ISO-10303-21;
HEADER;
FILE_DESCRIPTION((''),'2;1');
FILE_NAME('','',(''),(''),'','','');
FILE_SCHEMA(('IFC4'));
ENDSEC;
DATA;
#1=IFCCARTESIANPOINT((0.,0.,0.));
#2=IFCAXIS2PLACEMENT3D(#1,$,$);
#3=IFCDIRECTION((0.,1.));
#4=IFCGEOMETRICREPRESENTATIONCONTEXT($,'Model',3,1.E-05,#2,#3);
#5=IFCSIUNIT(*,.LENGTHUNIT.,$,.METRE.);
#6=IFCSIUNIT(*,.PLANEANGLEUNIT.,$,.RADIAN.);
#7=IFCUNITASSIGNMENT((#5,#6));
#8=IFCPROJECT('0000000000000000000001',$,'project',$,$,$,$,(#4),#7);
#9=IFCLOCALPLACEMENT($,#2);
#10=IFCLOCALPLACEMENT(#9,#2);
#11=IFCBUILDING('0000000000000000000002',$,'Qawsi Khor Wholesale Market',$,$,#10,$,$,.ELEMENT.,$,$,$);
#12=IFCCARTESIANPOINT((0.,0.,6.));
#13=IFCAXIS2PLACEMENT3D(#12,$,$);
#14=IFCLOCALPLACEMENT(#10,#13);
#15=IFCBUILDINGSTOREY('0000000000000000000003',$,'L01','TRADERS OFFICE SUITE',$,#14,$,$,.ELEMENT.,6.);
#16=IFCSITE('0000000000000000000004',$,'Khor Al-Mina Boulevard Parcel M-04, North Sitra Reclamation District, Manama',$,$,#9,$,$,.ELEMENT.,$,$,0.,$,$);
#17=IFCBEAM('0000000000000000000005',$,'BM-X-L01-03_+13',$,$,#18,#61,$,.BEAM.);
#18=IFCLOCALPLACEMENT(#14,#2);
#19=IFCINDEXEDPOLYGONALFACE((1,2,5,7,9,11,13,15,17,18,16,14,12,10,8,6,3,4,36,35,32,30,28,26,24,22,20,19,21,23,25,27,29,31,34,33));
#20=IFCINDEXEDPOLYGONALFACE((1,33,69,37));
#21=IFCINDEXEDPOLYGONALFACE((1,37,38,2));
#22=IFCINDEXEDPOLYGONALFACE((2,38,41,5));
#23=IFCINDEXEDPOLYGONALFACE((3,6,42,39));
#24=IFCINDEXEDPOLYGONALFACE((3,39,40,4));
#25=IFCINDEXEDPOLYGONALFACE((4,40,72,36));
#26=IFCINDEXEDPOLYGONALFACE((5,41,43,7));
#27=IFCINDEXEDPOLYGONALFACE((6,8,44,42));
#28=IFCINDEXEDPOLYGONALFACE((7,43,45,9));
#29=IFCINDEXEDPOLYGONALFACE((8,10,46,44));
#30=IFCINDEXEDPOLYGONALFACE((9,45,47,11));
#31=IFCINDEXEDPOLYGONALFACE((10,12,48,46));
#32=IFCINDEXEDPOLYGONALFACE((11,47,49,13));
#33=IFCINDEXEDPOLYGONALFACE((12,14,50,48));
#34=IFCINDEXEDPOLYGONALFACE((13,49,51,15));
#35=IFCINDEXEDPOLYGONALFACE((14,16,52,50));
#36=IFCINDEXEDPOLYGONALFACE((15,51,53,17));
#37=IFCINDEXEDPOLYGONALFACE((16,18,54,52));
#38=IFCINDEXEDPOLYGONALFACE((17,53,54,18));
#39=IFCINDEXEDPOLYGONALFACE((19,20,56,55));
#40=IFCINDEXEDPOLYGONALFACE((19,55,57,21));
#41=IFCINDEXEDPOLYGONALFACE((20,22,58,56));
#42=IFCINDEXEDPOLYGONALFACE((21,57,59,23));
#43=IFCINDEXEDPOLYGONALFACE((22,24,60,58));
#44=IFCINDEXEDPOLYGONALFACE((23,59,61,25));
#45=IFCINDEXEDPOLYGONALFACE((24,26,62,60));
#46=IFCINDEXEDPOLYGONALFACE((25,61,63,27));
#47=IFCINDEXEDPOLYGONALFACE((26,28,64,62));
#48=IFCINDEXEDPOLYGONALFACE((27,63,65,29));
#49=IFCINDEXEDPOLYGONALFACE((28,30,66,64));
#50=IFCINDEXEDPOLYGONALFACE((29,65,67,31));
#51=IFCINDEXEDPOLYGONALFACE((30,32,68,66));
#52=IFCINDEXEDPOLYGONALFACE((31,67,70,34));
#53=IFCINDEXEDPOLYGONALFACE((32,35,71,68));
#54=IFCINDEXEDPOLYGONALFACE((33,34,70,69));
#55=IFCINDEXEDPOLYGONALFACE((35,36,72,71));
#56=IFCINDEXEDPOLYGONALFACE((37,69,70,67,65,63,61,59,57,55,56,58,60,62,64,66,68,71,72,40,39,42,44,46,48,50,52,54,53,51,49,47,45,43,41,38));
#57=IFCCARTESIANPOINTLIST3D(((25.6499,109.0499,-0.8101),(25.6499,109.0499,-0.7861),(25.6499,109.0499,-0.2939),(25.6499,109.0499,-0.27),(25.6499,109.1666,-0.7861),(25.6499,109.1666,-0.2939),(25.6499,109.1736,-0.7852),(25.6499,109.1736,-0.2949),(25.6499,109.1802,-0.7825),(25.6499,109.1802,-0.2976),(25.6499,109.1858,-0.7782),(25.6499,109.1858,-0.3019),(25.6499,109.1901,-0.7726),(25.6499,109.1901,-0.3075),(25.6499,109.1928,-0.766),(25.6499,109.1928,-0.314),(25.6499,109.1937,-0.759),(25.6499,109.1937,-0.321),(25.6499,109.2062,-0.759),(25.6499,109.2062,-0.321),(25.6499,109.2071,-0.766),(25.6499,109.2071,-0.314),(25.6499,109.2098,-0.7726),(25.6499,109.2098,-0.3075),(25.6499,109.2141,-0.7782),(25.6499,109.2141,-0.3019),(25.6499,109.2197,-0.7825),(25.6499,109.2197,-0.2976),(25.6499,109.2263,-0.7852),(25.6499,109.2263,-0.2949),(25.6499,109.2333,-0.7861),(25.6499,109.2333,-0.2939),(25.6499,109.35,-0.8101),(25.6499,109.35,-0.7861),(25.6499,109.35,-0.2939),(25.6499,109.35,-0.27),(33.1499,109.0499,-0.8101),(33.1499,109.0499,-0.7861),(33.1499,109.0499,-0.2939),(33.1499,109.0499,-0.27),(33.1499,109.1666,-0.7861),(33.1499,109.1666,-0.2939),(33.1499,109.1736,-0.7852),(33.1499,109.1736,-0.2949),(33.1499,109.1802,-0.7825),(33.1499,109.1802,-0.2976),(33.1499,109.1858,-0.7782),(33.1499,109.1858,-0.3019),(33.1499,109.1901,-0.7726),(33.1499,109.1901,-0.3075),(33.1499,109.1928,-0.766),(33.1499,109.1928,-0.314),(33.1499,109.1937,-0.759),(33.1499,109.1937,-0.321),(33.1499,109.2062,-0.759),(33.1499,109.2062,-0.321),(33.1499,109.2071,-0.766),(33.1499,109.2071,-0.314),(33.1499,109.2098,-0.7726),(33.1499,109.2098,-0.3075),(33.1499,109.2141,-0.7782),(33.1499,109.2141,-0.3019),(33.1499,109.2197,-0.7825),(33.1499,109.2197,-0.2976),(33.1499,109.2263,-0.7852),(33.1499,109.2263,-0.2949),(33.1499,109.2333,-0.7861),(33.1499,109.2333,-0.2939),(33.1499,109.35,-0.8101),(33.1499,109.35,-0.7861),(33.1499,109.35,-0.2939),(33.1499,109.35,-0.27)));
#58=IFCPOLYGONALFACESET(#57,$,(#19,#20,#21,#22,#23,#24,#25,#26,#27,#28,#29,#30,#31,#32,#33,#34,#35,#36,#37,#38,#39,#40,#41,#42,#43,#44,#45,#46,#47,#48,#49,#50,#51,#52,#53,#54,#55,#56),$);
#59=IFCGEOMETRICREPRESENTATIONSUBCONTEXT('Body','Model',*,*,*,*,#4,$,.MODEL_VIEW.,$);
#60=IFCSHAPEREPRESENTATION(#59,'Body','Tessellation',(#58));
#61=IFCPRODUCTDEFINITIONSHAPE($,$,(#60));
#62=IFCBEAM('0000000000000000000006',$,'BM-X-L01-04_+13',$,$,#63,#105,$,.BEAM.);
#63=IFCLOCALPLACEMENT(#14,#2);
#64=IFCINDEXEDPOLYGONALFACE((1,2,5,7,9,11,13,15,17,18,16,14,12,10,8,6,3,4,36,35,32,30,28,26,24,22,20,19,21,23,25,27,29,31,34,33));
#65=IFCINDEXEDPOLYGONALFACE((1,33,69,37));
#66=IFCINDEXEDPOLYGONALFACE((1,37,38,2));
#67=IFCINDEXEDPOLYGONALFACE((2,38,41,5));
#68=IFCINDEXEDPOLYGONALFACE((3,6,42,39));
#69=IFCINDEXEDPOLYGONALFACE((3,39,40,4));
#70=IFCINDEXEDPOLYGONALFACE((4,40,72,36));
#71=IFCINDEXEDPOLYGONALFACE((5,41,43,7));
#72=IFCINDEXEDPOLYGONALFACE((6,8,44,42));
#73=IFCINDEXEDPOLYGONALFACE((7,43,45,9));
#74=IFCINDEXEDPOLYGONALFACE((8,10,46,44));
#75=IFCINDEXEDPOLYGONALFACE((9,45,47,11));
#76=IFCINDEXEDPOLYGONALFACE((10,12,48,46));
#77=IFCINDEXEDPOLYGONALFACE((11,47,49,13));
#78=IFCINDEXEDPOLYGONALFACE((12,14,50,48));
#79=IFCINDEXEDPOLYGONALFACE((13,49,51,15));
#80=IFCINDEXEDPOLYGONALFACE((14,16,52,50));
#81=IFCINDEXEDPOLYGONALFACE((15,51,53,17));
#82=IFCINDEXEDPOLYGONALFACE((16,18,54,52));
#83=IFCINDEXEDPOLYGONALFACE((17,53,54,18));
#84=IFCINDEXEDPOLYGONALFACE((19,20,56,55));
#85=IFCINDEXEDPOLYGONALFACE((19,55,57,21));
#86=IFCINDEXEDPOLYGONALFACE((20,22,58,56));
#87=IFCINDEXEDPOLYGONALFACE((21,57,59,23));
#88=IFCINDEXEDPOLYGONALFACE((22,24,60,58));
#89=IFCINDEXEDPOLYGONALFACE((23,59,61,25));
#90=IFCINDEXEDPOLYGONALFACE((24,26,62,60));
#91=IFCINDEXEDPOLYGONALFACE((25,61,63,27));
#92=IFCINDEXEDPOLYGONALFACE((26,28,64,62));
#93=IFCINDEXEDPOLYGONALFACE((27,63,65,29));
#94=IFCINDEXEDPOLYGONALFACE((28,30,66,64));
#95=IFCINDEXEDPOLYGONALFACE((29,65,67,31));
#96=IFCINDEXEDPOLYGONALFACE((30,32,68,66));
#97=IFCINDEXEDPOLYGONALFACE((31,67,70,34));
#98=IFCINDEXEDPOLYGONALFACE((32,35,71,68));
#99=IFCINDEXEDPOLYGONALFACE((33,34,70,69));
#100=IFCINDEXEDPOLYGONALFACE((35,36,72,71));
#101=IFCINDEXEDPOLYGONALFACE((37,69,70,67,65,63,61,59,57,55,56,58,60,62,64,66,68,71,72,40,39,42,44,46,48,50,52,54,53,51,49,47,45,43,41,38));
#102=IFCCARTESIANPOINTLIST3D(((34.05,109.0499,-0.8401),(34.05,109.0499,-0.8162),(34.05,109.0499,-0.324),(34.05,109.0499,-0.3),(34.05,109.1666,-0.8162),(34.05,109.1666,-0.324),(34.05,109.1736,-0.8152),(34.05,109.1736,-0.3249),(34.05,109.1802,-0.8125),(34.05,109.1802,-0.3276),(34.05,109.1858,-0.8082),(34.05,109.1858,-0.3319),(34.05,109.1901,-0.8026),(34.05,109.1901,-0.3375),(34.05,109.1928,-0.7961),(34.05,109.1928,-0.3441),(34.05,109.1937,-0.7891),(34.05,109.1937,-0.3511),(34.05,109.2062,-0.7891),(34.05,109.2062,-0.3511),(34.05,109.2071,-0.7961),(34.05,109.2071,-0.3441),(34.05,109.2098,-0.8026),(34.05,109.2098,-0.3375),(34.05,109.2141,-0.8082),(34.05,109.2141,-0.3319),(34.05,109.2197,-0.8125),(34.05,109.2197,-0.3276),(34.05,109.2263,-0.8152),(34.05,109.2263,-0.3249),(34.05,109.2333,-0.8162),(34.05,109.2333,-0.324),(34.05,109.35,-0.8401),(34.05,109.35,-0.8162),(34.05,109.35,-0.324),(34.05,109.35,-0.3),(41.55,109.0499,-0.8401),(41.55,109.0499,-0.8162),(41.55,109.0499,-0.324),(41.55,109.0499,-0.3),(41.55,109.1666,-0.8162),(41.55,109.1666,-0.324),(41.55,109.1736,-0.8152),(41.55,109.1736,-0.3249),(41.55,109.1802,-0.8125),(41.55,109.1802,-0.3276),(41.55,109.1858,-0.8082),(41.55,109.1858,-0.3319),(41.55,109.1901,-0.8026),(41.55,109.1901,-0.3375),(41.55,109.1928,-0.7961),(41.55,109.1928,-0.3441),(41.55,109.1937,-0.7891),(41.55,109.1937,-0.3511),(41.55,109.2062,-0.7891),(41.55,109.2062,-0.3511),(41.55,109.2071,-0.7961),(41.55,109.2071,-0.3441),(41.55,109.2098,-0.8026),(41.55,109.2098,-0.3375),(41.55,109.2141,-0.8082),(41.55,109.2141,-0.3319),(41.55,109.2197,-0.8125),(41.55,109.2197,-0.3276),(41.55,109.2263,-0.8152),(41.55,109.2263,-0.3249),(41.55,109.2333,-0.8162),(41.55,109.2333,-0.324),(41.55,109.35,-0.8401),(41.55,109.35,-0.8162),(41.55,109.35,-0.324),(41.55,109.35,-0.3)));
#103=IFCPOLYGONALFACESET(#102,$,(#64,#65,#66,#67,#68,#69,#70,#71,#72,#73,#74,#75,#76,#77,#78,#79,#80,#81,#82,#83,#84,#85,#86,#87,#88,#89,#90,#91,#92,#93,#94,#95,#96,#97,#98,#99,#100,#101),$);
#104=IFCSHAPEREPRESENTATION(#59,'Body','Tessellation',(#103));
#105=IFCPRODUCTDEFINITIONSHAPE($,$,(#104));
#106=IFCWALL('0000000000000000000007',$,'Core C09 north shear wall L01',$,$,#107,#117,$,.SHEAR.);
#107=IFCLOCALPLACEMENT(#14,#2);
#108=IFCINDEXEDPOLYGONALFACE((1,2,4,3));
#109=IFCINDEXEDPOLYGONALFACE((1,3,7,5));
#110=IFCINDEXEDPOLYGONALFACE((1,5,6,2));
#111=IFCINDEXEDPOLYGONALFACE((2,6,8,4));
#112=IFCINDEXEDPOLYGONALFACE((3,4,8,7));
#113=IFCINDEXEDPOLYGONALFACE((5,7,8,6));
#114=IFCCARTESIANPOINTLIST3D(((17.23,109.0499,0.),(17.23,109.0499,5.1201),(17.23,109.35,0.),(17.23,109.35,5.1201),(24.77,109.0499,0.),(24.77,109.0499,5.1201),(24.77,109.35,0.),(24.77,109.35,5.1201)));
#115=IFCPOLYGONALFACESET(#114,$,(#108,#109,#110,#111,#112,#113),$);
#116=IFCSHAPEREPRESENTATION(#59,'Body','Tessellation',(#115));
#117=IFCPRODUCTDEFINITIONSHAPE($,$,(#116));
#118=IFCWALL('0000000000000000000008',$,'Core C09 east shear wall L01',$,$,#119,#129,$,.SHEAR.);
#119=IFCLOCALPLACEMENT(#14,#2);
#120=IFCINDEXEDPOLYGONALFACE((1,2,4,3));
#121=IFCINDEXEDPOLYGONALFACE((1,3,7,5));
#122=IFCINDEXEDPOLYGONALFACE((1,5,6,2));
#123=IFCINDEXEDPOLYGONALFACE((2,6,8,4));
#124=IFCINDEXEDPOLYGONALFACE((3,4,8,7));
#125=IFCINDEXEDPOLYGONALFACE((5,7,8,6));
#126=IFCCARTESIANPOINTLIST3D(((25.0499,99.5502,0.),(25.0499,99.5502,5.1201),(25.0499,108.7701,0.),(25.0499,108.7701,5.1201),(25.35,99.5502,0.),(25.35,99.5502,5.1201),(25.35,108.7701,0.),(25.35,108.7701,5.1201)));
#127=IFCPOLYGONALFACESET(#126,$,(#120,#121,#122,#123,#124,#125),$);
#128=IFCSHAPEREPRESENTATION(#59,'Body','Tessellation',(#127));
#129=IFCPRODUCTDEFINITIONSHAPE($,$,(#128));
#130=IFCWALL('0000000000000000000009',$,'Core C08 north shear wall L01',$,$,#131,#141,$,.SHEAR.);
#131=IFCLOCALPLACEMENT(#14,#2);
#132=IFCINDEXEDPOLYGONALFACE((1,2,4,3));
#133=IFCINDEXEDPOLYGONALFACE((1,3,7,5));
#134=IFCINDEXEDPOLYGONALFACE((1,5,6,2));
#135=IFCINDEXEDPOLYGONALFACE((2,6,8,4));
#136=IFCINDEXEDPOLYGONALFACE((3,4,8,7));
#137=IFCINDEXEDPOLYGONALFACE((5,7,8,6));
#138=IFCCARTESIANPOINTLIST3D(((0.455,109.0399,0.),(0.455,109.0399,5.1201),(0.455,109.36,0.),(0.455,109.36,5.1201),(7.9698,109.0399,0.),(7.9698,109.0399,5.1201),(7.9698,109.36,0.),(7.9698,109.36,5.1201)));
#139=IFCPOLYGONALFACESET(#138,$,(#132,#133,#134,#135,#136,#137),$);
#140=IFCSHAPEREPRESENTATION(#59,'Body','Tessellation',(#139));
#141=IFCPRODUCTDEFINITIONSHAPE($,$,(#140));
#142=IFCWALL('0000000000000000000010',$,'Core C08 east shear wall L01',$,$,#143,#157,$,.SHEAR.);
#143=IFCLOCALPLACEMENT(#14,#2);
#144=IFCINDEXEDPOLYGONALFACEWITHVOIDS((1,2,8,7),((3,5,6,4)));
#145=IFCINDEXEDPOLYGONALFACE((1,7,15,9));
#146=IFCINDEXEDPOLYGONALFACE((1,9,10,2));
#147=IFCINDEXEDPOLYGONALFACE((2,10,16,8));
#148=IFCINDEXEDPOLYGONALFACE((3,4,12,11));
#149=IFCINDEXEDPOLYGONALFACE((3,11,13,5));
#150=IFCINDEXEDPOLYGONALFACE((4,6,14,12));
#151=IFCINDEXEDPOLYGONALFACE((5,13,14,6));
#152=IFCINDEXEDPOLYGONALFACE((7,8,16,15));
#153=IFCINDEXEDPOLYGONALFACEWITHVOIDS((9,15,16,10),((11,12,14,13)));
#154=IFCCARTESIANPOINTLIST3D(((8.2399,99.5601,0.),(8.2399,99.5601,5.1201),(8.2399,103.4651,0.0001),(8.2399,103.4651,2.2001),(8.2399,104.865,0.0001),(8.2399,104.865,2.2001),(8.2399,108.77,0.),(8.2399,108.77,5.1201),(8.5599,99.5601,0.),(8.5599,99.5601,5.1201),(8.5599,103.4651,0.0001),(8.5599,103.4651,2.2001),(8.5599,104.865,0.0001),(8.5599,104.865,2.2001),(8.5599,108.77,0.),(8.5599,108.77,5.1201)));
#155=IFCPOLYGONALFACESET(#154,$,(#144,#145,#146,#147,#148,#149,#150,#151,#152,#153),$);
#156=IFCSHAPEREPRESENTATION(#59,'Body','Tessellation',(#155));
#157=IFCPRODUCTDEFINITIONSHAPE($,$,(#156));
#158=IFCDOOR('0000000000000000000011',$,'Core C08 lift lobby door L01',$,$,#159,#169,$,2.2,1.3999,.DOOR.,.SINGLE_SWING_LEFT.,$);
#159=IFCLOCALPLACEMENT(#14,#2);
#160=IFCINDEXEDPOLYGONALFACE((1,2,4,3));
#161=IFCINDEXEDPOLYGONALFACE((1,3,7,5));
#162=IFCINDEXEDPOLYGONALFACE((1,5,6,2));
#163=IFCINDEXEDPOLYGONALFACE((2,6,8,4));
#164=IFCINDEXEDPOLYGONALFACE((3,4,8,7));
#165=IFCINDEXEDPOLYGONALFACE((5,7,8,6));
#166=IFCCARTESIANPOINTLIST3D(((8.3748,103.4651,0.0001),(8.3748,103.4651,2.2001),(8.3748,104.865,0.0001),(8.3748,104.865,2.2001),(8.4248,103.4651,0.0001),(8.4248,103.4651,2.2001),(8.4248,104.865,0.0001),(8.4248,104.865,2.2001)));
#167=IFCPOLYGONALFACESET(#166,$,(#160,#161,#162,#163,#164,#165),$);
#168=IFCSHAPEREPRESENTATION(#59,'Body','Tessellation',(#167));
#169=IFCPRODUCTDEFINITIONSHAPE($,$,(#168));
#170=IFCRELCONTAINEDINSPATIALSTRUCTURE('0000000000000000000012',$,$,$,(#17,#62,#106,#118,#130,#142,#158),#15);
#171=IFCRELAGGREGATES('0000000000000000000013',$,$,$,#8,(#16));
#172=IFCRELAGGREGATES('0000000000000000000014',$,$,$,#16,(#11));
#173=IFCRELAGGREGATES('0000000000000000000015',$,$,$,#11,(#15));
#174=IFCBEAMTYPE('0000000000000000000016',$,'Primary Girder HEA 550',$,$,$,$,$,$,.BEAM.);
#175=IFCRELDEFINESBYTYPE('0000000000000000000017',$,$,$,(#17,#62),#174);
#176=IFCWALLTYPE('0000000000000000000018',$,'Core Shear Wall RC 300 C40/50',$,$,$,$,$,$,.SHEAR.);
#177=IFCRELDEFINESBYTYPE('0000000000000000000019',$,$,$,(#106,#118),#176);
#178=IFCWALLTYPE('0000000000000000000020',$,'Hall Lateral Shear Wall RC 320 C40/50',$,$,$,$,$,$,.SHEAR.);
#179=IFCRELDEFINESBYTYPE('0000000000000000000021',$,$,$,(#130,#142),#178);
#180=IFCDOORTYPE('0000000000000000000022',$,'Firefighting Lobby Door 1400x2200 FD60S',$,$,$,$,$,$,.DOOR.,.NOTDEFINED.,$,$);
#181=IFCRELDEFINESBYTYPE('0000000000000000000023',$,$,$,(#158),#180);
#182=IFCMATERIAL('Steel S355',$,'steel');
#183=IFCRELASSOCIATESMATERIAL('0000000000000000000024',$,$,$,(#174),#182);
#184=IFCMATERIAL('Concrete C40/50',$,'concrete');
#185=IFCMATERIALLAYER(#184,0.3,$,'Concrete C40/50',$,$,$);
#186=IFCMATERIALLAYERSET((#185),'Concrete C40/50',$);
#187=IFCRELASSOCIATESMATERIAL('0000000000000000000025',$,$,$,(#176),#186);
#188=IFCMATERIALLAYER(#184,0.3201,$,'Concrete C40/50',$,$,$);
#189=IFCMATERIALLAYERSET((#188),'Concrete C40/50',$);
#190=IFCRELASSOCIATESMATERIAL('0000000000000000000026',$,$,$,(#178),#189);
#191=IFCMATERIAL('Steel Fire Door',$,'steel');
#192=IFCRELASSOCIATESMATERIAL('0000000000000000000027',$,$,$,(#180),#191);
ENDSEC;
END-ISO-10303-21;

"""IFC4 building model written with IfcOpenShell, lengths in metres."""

from ifc_helpers import new_model, si_unit, direction, frame, frame_2d, origin, origin_2d, place, context, subcontext, project, spatial, rectangle, i_section, extrude, material, layer, layer_set, material_profile, profile_set, type_object, element, fill, save


model = new_model("IFC4")

# Units and contexts
model_context = context("Model", 3, precision=1e-05, world=origin(), true_north=direction((0.0, 1.0)))
body_context = subcontext(model_context, "Body", "Model", "MODEL_VIEW")
ifc_project = project(units=[si_unit("LENGTHUNIT", "METRE"), si_unit("PLANEANGLEUNIT", "RADIAN")], contexts=[model_context])

# Site, building, storey
site_placement = place(None, origin())
site = spatial("IfcSite", under=ifc_project, at=site_placement, Name="Khor Al-Mina Boulevard Parcel M-04, North Sitra Reclamation District, Manama", CompositionType="ELEMENT", RefElevation=0.0)
building_placement = place(site_placement, origin())
building = spatial("IfcBuilding", under=site, at=building_placement, Name="Qawsi Khor Wholesale Market", CompositionType="ELEMENT")
storey_placement = place(building_placement, frame((0.0, 0.0, 6.0)))
storey = spatial("IfcBuildingStorey", under=building, at=storey_placement, Name="L01", Description="TRADERS OFFICE SUITE", CompositionType="ELEMENT", Elevation=6.0)

# Shared definitions
ifc_material_1 = material(Name="Concrete C40/50", Category="concrete")

# Beams
ifc_material_2 = material(Name="Steel S355", Category="steel")
ifc_material_profile_1 = material_profile(ifc_material_2, i_section(OverallWidth=0.3, OverallDepth=0.54, WebThickness=0.0125, FlangeThickness=0.0239, FilletRadius=0.0271, at=origin_2d()), Name="HEA 550")
ifc_profile_set_1 = profile_set([ifc_material_profile_1], Name="Steel S355")
beam_type = type_object("IfcBeamType", Name="Primary Girder HEA 550", PredefinedType="BEAM", material=ifc_profile_set_1)
for number, where, z_axis, x_axis, name in (
    (1, (25.6499, 109.2, -0.54), (1.0, 0.0, 0.0), (0.0, 1.0, 0.0), "BM-X-L01-03_+13"),
    (2, (34.05, 109.2, -0.5701), (1.0, 0.0, 0.0), (0.0, 1.0, 0.0), "BM-X-L01-04_+13"),
):
    element("IfcBeam", number, at=place(storey_placement, frame(where, z_axis=z_axis, x_axis=x_axis)), inside=storey, type_object=beam_type, Name=name, PredefinedType="BEAM", context=body_context, shape_type="SweptSolid", body=[
        extrude(i_section(OverallWidth=0.3, OverallDepth=0.54, WebThickness=0.0125, FlangeThickness=0.0239, FilletRadius=0.0271, at=origin_2d()), origin(), (0.0, 0.0, 1.0), 7.5),
    ])

# Walls
ifc_layer_1 = layer(ifc_material_1, 0.3, Name="Concrete C40/50")
ifc_layer_set_1 = layer_set([ifc_layer_1], Name="Concrete C40/50")
wall_type_1 = type_object("IfcWallType", Name="Core Shear Wall RC 300 C40/50", PredefinedType="SHEAR", material=ifc_layer_set_1)
wall_1_placement = place(storey_placement, frame((17.23, 109.2, 0.0), z_axis=(0.0, 0.0, 1.0), x_axis=(1.0, 0.0, 0.0)))
element("IfcWall", 3, at=wall_1_placement, inside=storey, type_object=wall_type_1, Name="Core C09 north shear wall L01", PredefinedType="SHEAR", context=body_context, shape_type="SweptSolid", body=[
    extrude(rectangle(XDim=7.54, YDim=0.3, at=frame_2d((3.77, 0.0))), origin(), (0.0, 0.0, 1.0), 5.1201),
])
wall_2_placement = place(storey_placement, frame((25.2, 108.77, 0.0), z_axis=(0.0, 0.0, 1.0), x_axis=(0.0, -1.0, 0.0)))
element("IfcWall", 4, at=wall_2_placement, inside=storey, type_object=wall_type_1, Name="Core C09 east shear wall L01", PredefinedType="SHEAR", context=body_context, shape_type="SweptSolid", body=[
    extrude(rectangle(XDim=9.22, YDim=0.3, at=frame_2d((4.6099, 0.0))), origin(), (0.0, 0.0, 1.0), 5.1201),
])
ifc_layer_2 = layer(ifc_material_1, 0.3201, Name="Concrete C40/50")
ifc_layer_set_2 = layer_set([ifc_layer_2], Name="Concrete C40/50")
wall_type_2 = type_object("IfcWallType", Name="Hall Lateral Shear Wall RC 320 C40/50", PredefinedType="SHEAR", material=ifc_layer_set_2)
wall_3_placement = place(storey_placement, frame((0.4551, 109.2, 0.0), z_axis=(0.0, 0.0, 1.0), x_axis=(1.0, 0.0, 0.0)))
element("IfcWall", 5, at=wall_3_placement, inside=storey, type_object=wall_type_2, Name="Core C08 north shear wall L01", PredefinedType="SHEAR", context=body_context, shape_type="SweptSolid", body=[
    extrude(rectangle(XDim=7.5149, YDim=0.3201, at=frame_2d((3.7573, 0.0))), origin(), (0.0, 0.0, 1.0), 5.1201),
])

# Wall, opening, door
wall_4_placement = place(storey_placement, frame((8.3999, 108.77, 0.0), z_axis=(0.0, 0.0, 1.0), x_axis=(0.0, -1.0, 0.0)))
wall_4 = element("IfcWall", 6, at=wall_4_placement, inside=storey, type_object=wall_type_2, Name="Core C08 east shear wall L01", PredefinedType="SHEAR", context=body_context, shape_type="SweptSolid", body=[
    extrude(rectangle(XDim=9.21, YDim=0.3201, at=frame_2d((4.605, 0.0))), origin(), (0.0, 0.0, 1.0), 5.1201),
])
opening_1_placement = place(wall_4_placement, frame((3.905, 0.0, 0.0)))
opening_1 = element("IfcOpeningElement", 7, at=opening_1_placement, cuts=wall_4, PredefinedType="OPENING", context=body_context, shape_type="SweptSolid", body=[
    extrude(rectangle(XDim=1.3999, YDim=2.2, at=frame_2d((0.7, 1.1001))), frame((0.0, 0.1699, 0.0), z_axis=(0.0, -1.0, 0.0), x_axis=(1.0, 0.0, 0.0)), (0.0, 0.0, 1.0), 0.3401),
])
ifc_material_3 = material(Name="Steel Fire Door", Category="steel")
door_type = type_object("IfcDoorType", Name="Firefighting Lobby Door 1400x2200 FD60S", OperationType="NOTDEFINED", PredefinedType="DOOR", material=ifc_material_3)
door_placement = place(opening_1_placement, origin())
door = element("IfcDoor", 8, at=door_placement, inside=storey, type_object=door_type, Name="Core C08 lift lobby door L01", OperationType="SINGLE_SWING_LEFT", OverallHeight=2.2, OverallWidth=1.3999, PredefinedType="DOOR", context=body_context, shape_type="SweptSolid", body=[
    extrude(rectangle(XDim=1.3999, YDim=2.2, at=frame_2d((0.7, 1.1001))), frame((0.0, 0.0249, 0.0), z_axis=(0.0, -1.0, 0.0), x_axis=(1.0, 0.0, 0.0)), (0.0, 0.0, 1.0), 0.05),
])
fill(opening_1, door)

save(model, "model.ifc")
